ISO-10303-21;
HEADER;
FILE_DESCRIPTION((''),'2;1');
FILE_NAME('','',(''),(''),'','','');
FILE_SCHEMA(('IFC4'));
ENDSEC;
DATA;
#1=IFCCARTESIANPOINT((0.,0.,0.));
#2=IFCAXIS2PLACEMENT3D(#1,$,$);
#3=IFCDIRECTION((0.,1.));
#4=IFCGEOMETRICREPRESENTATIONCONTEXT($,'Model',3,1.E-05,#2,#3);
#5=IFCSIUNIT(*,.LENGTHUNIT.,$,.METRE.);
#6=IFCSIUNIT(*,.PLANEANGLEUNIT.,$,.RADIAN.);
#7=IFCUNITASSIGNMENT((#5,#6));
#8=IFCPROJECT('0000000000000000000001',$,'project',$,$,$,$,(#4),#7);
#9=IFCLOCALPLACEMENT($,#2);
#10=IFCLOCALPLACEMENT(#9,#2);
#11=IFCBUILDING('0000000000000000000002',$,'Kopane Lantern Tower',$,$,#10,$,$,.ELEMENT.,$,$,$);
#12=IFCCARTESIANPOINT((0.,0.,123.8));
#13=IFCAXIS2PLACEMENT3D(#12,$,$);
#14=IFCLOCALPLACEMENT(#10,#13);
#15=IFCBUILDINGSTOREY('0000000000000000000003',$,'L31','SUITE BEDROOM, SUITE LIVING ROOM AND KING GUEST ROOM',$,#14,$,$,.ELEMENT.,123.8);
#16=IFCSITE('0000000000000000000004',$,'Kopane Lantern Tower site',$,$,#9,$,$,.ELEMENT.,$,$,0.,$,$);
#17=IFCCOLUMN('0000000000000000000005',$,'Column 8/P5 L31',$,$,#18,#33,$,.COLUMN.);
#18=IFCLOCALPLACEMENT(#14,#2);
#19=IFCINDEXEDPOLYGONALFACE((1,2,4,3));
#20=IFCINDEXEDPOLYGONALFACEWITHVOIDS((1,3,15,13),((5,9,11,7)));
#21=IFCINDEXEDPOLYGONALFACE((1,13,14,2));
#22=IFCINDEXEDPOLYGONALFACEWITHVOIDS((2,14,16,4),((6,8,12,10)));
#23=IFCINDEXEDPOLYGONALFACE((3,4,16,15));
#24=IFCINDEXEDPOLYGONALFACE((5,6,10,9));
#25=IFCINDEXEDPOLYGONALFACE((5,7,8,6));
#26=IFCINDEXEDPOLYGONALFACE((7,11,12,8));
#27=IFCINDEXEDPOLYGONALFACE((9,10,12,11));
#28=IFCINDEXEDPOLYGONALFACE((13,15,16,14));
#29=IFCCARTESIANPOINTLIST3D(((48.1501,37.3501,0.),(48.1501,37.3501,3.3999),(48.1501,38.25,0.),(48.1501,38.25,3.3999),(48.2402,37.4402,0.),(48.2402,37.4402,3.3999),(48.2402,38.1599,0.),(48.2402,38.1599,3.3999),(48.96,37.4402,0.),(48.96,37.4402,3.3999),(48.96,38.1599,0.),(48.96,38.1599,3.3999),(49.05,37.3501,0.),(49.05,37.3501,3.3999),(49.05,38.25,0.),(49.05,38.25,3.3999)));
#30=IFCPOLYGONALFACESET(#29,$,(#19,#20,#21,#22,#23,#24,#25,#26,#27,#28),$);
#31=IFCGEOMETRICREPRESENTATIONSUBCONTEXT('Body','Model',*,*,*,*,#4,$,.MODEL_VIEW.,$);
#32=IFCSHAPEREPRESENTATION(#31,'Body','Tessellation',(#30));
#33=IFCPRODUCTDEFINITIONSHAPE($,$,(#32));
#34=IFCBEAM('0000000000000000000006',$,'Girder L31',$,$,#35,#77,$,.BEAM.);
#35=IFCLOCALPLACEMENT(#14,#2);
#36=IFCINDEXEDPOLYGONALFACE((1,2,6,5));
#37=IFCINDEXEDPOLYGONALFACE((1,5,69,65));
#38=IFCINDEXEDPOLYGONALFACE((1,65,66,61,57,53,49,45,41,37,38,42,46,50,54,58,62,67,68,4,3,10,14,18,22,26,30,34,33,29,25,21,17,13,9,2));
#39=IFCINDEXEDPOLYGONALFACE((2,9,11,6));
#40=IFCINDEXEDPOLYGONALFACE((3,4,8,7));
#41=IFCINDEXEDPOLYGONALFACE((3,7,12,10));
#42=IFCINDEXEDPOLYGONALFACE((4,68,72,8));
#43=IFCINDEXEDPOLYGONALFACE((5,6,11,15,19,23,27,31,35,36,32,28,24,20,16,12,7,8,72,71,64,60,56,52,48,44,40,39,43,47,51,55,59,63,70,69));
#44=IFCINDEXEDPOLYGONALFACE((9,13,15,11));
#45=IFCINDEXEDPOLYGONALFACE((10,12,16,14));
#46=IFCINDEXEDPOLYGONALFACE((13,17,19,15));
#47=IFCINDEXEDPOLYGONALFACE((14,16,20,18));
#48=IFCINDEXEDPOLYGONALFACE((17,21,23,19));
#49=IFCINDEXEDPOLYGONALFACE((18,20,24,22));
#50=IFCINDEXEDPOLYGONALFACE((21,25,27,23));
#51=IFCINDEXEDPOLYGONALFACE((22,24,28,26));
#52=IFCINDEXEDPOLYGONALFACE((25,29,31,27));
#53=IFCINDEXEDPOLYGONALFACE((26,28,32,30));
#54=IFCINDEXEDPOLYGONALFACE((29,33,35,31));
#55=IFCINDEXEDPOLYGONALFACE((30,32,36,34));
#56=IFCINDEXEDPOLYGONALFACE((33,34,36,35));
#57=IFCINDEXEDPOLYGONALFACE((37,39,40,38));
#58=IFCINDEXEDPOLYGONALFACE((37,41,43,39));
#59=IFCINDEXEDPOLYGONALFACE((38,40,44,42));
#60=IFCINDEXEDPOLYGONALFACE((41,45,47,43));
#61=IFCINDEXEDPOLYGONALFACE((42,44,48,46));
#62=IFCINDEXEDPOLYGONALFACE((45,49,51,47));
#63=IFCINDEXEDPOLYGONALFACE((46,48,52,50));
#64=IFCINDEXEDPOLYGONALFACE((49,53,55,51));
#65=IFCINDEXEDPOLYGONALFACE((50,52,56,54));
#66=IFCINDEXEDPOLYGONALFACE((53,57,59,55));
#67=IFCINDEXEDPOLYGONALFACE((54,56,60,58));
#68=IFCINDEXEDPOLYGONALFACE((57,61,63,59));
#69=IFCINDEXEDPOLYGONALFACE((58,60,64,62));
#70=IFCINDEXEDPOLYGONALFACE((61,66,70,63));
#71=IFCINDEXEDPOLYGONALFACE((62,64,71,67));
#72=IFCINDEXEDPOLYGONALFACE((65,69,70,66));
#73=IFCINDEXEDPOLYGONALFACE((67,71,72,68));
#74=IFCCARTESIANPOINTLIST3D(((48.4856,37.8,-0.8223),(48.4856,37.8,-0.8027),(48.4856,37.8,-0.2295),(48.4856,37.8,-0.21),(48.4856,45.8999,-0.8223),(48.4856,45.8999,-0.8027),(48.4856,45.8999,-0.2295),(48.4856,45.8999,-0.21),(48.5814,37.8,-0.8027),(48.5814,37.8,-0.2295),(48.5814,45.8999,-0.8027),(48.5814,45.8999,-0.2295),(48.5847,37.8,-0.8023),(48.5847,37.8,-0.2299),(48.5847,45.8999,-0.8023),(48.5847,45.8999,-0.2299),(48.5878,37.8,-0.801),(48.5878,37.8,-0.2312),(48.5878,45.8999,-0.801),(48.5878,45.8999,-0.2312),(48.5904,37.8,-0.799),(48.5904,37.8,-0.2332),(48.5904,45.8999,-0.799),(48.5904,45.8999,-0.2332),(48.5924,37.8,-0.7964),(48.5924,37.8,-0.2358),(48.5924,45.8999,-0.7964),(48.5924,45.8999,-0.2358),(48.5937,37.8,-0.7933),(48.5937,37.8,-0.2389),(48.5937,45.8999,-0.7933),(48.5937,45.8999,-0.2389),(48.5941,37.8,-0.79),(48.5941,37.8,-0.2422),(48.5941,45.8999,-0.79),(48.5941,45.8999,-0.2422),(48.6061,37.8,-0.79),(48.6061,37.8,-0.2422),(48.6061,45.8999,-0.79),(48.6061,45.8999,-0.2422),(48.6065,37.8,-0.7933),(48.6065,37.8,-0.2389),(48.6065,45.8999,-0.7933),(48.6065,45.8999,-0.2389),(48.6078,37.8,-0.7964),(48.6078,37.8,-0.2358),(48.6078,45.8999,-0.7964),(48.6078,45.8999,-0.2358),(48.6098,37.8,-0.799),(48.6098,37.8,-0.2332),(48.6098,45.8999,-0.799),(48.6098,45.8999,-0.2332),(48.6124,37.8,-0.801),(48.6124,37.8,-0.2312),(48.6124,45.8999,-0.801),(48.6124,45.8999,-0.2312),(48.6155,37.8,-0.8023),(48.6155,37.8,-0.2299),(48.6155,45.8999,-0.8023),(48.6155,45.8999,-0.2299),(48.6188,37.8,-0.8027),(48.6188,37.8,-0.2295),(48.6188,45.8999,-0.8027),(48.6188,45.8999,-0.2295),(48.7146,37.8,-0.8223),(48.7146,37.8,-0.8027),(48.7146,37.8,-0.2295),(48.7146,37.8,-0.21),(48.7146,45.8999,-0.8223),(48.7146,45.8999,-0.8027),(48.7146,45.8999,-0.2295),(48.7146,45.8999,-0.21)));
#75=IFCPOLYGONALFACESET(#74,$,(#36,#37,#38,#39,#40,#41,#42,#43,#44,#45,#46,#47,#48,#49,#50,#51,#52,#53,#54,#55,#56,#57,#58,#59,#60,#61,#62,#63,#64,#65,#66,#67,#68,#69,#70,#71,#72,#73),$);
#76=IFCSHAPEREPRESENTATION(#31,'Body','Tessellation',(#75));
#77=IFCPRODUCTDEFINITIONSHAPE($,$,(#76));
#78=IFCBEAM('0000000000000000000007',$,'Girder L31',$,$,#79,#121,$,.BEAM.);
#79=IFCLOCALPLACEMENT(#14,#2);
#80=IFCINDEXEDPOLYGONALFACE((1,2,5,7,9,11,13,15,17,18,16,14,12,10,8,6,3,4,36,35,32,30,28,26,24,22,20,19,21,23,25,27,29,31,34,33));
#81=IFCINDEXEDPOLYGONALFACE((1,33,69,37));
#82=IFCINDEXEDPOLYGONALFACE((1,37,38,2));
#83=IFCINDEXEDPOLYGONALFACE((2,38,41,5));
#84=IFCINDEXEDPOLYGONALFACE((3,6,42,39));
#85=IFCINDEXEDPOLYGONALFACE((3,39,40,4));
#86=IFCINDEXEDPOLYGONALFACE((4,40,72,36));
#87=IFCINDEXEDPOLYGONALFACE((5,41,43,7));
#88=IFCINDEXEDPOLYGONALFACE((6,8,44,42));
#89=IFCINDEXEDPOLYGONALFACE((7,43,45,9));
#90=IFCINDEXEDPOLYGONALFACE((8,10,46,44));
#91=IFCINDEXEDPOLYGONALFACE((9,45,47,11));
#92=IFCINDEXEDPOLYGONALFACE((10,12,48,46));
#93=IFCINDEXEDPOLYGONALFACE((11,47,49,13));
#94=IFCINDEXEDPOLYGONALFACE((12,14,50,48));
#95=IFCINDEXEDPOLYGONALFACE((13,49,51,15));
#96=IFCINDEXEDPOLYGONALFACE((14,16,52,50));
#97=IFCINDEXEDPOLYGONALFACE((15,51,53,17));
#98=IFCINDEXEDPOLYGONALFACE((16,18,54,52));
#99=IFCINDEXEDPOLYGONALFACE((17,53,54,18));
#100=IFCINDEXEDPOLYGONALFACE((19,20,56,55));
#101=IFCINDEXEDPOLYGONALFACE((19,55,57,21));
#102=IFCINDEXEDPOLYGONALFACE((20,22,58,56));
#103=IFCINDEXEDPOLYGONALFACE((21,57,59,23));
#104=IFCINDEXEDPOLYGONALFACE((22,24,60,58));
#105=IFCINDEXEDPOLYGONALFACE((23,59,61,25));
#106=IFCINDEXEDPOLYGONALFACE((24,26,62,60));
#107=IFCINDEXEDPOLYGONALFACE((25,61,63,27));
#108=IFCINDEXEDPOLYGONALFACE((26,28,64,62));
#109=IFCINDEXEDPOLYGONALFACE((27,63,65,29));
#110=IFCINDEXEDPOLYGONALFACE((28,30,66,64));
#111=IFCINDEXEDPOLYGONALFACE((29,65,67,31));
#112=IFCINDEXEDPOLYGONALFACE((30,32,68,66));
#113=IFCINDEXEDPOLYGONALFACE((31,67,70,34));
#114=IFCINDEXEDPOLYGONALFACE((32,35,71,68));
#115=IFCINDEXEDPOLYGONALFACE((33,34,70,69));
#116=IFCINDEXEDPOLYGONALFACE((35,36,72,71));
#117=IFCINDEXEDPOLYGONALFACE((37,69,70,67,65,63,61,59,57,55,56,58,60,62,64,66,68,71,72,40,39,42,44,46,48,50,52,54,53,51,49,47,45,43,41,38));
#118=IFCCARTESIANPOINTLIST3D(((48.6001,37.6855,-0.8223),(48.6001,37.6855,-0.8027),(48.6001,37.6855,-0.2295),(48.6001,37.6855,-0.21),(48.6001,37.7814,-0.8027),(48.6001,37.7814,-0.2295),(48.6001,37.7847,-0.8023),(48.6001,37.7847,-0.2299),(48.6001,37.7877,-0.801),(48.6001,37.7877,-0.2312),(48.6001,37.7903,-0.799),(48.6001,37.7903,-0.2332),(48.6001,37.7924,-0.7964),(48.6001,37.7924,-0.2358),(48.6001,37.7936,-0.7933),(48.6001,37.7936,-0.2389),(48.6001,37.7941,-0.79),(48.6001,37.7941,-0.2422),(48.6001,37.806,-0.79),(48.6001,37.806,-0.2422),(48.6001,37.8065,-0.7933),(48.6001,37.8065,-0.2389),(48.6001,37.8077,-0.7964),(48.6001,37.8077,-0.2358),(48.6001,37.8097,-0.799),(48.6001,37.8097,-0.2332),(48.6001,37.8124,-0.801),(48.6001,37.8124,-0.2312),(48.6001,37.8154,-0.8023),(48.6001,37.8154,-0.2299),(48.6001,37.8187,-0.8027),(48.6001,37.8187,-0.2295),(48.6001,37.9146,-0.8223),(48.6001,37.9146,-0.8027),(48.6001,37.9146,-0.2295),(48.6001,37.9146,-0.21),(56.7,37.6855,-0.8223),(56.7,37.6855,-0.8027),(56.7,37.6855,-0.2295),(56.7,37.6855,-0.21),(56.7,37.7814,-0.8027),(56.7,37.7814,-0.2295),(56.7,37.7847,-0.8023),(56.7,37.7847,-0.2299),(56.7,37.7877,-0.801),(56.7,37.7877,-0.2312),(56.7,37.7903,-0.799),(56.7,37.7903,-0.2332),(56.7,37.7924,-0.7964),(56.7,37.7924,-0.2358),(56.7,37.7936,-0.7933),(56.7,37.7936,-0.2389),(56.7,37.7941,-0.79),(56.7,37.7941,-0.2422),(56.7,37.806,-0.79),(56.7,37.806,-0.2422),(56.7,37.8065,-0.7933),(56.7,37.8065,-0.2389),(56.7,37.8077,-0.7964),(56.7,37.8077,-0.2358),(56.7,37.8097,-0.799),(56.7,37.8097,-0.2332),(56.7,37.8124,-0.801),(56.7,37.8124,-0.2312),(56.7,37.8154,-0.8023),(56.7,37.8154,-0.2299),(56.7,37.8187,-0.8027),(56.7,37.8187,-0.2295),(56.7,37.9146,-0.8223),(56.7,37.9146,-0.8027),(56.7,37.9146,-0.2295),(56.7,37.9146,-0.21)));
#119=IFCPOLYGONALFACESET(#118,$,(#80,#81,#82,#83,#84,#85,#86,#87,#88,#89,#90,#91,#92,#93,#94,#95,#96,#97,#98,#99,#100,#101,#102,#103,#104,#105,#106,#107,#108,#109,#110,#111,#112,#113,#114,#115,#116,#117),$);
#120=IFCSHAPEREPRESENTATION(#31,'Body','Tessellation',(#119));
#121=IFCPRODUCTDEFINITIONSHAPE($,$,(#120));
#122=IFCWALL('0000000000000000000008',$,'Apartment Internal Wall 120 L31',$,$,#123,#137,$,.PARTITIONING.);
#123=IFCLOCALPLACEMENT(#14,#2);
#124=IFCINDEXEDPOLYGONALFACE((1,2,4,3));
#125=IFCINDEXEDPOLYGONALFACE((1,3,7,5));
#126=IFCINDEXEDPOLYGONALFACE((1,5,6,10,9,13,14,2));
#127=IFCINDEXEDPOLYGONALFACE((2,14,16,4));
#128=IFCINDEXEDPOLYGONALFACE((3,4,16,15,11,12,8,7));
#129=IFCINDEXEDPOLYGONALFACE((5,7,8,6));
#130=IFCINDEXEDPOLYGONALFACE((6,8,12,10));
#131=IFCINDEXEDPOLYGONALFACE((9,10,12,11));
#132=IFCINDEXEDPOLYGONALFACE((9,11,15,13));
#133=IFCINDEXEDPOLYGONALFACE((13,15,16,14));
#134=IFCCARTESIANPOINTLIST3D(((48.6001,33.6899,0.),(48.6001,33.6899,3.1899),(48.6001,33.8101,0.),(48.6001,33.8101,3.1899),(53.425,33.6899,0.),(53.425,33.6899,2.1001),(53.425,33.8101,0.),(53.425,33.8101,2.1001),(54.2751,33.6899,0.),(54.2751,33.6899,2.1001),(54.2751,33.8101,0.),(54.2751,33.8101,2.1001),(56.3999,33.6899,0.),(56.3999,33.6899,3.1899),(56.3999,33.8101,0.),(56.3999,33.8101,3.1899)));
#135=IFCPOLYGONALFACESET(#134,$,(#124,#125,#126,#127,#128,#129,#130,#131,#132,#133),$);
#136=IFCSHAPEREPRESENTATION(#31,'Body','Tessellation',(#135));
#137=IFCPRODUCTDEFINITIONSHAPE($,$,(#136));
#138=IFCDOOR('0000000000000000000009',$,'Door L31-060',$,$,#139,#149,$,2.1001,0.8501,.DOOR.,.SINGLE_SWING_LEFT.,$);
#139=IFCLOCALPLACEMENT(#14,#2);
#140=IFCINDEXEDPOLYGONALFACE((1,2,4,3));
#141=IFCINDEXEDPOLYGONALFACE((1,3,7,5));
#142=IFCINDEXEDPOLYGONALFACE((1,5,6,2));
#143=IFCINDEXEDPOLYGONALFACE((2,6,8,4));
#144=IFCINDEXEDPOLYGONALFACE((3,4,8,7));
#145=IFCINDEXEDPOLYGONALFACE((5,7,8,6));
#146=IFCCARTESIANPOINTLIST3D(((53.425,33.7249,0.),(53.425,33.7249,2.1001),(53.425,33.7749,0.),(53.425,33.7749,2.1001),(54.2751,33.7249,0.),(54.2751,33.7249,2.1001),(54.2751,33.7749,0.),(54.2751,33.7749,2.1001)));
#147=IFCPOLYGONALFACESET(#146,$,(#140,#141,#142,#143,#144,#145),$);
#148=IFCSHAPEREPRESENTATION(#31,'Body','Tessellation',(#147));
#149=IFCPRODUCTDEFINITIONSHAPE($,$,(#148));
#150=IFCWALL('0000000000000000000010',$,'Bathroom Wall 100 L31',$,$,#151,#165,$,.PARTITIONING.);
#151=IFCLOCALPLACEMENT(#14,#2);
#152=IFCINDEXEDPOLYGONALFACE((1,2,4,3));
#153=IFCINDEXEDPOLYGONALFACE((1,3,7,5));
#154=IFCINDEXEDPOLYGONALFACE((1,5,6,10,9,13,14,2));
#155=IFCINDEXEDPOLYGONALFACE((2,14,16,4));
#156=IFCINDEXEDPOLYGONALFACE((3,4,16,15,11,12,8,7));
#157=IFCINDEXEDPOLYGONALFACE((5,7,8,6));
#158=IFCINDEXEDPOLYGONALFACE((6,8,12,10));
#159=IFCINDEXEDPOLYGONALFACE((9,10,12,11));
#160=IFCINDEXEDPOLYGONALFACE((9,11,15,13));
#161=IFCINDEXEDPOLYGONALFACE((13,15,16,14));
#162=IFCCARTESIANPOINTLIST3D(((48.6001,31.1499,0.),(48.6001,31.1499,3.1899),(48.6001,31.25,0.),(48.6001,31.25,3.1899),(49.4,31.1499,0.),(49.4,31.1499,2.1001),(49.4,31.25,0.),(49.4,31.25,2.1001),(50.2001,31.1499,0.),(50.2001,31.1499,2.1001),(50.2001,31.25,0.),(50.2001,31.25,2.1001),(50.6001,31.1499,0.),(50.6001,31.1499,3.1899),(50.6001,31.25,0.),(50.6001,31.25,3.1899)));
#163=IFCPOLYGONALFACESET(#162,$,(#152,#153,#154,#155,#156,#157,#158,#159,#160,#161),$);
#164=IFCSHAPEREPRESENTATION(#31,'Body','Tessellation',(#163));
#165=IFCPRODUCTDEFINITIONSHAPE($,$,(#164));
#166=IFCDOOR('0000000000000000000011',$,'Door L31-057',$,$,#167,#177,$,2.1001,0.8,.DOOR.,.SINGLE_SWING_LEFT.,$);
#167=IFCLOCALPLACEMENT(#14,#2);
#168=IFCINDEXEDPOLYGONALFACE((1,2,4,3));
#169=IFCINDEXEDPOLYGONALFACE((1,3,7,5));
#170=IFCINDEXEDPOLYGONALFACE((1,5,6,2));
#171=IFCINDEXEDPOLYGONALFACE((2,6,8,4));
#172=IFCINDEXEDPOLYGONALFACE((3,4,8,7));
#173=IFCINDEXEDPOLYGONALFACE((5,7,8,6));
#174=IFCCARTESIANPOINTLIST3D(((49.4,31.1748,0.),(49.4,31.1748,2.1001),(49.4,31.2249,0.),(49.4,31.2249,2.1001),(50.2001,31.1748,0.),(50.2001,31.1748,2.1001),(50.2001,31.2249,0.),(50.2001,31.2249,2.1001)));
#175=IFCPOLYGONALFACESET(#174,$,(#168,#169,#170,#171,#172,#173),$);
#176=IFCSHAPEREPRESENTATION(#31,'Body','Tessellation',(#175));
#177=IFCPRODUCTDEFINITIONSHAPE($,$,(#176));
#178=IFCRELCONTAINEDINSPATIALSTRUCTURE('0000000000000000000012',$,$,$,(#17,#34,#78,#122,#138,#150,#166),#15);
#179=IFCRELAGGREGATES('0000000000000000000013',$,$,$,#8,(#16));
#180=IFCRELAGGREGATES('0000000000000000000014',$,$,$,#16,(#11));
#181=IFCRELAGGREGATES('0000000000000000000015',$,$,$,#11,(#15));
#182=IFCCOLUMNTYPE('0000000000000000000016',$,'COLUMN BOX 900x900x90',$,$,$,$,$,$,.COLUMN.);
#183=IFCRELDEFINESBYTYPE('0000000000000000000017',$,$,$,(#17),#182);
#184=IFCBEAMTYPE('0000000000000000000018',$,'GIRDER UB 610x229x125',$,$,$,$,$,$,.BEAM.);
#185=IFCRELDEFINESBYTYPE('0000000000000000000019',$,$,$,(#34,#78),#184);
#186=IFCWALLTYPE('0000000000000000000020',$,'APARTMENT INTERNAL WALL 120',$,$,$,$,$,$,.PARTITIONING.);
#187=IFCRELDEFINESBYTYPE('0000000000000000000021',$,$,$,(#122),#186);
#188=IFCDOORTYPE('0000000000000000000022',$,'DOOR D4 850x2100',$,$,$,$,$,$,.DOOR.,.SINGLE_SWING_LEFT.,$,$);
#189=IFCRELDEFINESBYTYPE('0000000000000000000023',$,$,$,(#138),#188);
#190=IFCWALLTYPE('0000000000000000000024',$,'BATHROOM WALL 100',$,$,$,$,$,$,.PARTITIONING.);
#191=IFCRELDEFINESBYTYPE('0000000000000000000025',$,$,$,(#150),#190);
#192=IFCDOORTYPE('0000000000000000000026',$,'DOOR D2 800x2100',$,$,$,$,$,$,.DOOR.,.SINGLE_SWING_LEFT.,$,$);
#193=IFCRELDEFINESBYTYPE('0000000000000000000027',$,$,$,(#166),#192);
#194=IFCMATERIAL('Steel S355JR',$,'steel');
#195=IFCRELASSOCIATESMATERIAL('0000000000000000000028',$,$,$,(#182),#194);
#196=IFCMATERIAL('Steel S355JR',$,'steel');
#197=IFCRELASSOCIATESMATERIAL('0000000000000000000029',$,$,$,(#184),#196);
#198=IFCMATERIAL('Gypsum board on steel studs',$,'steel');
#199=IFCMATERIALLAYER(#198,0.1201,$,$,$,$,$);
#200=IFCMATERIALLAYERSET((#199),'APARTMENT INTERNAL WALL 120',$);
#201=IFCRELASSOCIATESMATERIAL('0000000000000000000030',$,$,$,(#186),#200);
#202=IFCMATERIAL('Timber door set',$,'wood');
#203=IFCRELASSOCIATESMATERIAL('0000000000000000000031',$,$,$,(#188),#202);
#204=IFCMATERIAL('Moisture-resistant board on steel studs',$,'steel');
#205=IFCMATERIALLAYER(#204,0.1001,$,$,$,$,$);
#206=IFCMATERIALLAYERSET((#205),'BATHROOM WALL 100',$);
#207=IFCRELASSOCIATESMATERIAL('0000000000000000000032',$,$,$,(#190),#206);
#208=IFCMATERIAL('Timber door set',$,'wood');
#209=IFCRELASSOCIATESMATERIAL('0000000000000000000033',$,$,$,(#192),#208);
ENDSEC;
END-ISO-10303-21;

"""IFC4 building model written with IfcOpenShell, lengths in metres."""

from ifc_helpers import new_model, si_unit, direction, frame, frame_2d, origin, origin_2d, place, context, subcontext, project, spatial, rectangle, hollow_rectangle, i_section, extrude, material, layer, layer_set, material_profile, profile_set, type_object, element, fill, save


model = new_model("IFC4")

# Units and contexts
model_context = context("Model", 3, precision=1e-05, world=origin(), true_north=direction((0.0, 1.0)))
body_context = subcontext(model_context, "Body", "Model", "MODEL_VIEW")
ifc_project = project(units=[si_unit("LENGTHUNIT", "METRE"), si_unit("PLANEANGLEUNIT", "RADIAN")], contexts=[model_context])

# Site, building, storey
site_placement = place(None, origin())
site = spatial("IfcSite", under=ifc_project, at=site_placement, Name="Kopane Lantern Tower site", CompositionType="ELEMENT", RefElevation=0.0)
building_placement = place(site_placement, origin())
building = spatial("IfcBuilding", under=site, at=building_placement, Name="Kopane Lantern Tower", CompositionType="ELEMENT")
storey_placement = place(building_placement, frame((0.0, 0.0, 123.8)))
storey = spatial("IfcBuildingStorey", under=building, at=storey_placement, Name="L31", Description="SUITE BEDROOM, SUITE LIVING ROOM AND KING GUEST ROOM", CompositionType="ELEMENT", Elevation=123.8)

# Column
ifc_material_1 = material(Name="Steel S355JR", Category="steel")
ifc_material_profile_1 = material_profile(ifc_material_1, hollow_rectangle(XDim=0.8999, YDim=0.8999, WallThickness=0.0901, at=origin_2d()), Name="BOX 900x900x90")
ifc_profile_set_1 = profile_set([ifc_material_profile_1], Name="Steel S355JR")
column_type = type_object("IfcColumnType", Name="COLUMN BOX 900x900x90", PredefinedType="COLUMN", material=ifc_profile_set_1)
column_placement = place(storey_placement, frame((48.6001, 37.8, 0.0), z_axis=(0.0, 0.0, 1.0), x_axis=(1.0, 0.0, 0.0)))
element("IfcColumn", 1, at=column_placement, inside=storey, type_object=column_type, Name="Column 8/P5 L31", PredefinedType="COLUMN", context=body_context, shape_type="SweptSolid", body=[
    extrude(hollow_rectangle(XDim=0.8999, YDim=0.8999, WallThickness=0.0901, at=origin_2d()), origin(), (0.0, 0.0, 1.0), 3.3999),
])

# Beams
ifc_material_2 = material(Name="Steel S355JR", Category="steel")
ifc_material_profile_2 = material_profile(ifc_material_2, i_section(OverallWidth=0.229, OverallDepth=0.6123, WebThickness=0.012, FlangeThickness=0.0195, FilletRadius=0.0127, at=origin_2d()), Name="UB 610x229x125")
ifc_profile_set_2 = profile_set([ifc_material_profile_2], Name="Steel S355JR")
beam_type = type_object("IfcBeamType", Name="GIRDER UB 610x229x125", PredefinedType="BEAM", material=ifc_profile_set_2)
for number, where, z_axis, x_axis, name in (
    (2, (48.6001, 37.8, -0.5161), (0.0, 1.0, 0.0), (-1.0, 0.0, 0.0), "Girder L31"),
    (3, (48.6001, 37.8, -0.5161), (1.0, 0.0, 0.0), (0.0, 1.0, 0.0), "Girder L31"),
):
    element("IfcBeam", number, at=place(storey_placement, frame(where, z_axis=z_axis, x_axis=x_axis)), inside=storey, type_object=beam_type, Name=name, PredefinedType="BEAM", context=body_context, shape_type="SweptSolid", body=[
        extrude(i_section(OverallWidth=0.229, OverallDepth=0.6123, WebThickness=0.012, FlangeThickness=0.0195, FilletRadius=0.0127, at=origin_2d()), origin(), (0.0, 0.0, 1.0), 8.0999),
    ])

# Walls, openings, doors
ifc_material_3 = material(Name="Gypsum board on steel studs", Category="steel")
ifc_layer_1 = layer(ifc_material_3, 0.1201)
ifc_layer_set_1 = layer_set([ifc_layer_1], Name="APARTMENT INTERNAL WALL 120")
wall_type_1 = type_object("IfcWallType", Name="APARTMENT INTERNAL WALL 120", PredefinedType="PARTITIONING", material=ifc_layer_set_1)
wall_1_placement = place(storey_placement, frame((48.6001, 33.75, 0.0), z_axis=(0.0, 0.0, 1.0), x_axis=(1.0, 0.0, 0.0)))
wall_1 = element("IfcWall", 4, at=wall_1_placement, inside=storey, type_object=wall_type_1, Name="Apartment Internal Wall 120 L31", PredefinedType="PARTITIONING", context=body_context, shape_type="SweptSolid", body=[
    extrude(rectangle(XDim=7.7998, YDim=0.1201, at=frame_2d((3.8999, 0.0))), origin(), (0.0, 0.0, 1.0), 3.1899),
])
opening_1_placement = place(wall_1_placement, frame((4.825, 0.0, 0.0)))
opening_1 = element("IfcOpeningElement", 5, at=opening_1_placement, cuts=wall_1, PredefinedType="OPENING", context=body_context, shape_type="SweptSolid", body=[
    extrude(rectangle(XDim=0.8501, YDim=2.1001, at=frame_2d((0.425, 1.05))), frame((0.0, 0.0701, 0.0), z_axis=(0.0, -1.0, 0.0), x_axis=(1.0, 0.0, 0.0)), (0.0, 0.0, 1.0), 0.1401),
])
ifc_material_4 = material(Name="Timber door set", Category="wood")
door_type_1 = type_object("IfcDoorType", Name="DOOR D4 850x2100", OperationType="SINGLE_SWING_LEFT", PredefinedType="DOOR", material=ifc_material_4)
door_1_placement = place(opening_1_placement, origin())
door_1 = element("IfcDoor", 6, at=door_1_placement, inside=storey, type_object=door_type_1, Name="Door L31-060", OperationType="SINGLE_SWING_LEFT", OverallHeight=2.1001, OverallWidth=0.8501, PredefinedType="DOOR", context=body_context, shape_type="SweptSolid", body=[
    extrude(rectangle(XDim=0.8501, YDim=2.1001, at=frame_2d((0.425, 1.05))), frame((0.0, 0.0249, 0.0), z_axis=(0.0, -1.0, 0.0), x_axis=(1.0, 0.0, 0.0)), (0.0, 0.0, 1.0), 0.05),
])
fill(opening_1, door_1)
ifc_material_5 = material(Name="Moisture-resistant board on steel studs", Category="steel")
ifc_layer_2 = layer(ifc_material_5, 0.1001)
ifc_layer_set_2 = layer_set([ifc_layer_2], Name="BATHROOM WALL 100")
wall_type_2 = type_object("IfcWallType", Name="BATHROOM WALL 100", PredefinedType="PARTITIONING", material=ifc_layer_set_2)
wall_2_placement = place(storey_placement, frame((48.6001, 31.2, 0.0), z_axis=(0.0, 0.0, 1.0), x_axis=(1.0, 0.0, 0.0)))
wall_2 = element("IfcWall", 7, at=wall_2_placement, inside=storey, type_object=wall_type_2, Name="Bathroom Wall 100 L31", PredefinedType="PARTITIONING", context=body_context, shape_type="SweptSolid", body=[
    extrude(rectangle(XDim=2.0, YDim=0.1001, at=frame_2d((1.0, 0.0))), origin(), (0.0, 0.0, 1.0), 3.1899),
])
opening_2_placement = place(wall_2_placement, frame((0.8, 0.0, 0.0)))
opening_2 = element("IfcOpeningElement", 8, at=opening_2_placement, cuts=wall_2, PredefinedType="OPENING", context=body_context, shape_type="SweptSolid", body=[
    extrude(rectangle(XDim=0.8, YDim=2.1001, at=frame_2d((0.3999, 1.05))), frame((0.0, 0.0601, 0.0), z_axis=(0.0, -1.0, 0.0), x_axis=(1.0, 0.0, 0.0)), (0.0, 0.0, 1.0), 0.1201),
])
ifc_material_6 = material(Name="Timber door set", Category="wood")
door_type_2 = type_object("IfcDoorType", Name="DOOR D2 800x2100", OperationType="SINGLE_SWING_LEFT", PredefinedType="DOOR", material=ifc_material_6)
door_2_placement = place(opening_2_placement, origin())
door_2 = element("IfcDoor", 9, at=door_2_placement, inside=storey, type_object=door_type_2, Name="Door L31-057", OperationType="SINGLE_SWING_LEFT", OverallHeight=2.1001, OverallWidth=0.8, PredefinedType="DOOR", context=body_context, shape_type="SweptSolid", body=[
    extrude(rectangle(XDim=0.8, YDim=2.1001, at=frame_2d((0.3999, 1.05))), frame((0.0, 0.0249, 0.0), z_axis=(0.0, -1.0, 0.0), x_axis=(1.0, 0.0, 0.0)), (0.0, 0.0, 1.0), 0.05),
])
fill(opening_2, door_2)

save(model, "model.ifc")
